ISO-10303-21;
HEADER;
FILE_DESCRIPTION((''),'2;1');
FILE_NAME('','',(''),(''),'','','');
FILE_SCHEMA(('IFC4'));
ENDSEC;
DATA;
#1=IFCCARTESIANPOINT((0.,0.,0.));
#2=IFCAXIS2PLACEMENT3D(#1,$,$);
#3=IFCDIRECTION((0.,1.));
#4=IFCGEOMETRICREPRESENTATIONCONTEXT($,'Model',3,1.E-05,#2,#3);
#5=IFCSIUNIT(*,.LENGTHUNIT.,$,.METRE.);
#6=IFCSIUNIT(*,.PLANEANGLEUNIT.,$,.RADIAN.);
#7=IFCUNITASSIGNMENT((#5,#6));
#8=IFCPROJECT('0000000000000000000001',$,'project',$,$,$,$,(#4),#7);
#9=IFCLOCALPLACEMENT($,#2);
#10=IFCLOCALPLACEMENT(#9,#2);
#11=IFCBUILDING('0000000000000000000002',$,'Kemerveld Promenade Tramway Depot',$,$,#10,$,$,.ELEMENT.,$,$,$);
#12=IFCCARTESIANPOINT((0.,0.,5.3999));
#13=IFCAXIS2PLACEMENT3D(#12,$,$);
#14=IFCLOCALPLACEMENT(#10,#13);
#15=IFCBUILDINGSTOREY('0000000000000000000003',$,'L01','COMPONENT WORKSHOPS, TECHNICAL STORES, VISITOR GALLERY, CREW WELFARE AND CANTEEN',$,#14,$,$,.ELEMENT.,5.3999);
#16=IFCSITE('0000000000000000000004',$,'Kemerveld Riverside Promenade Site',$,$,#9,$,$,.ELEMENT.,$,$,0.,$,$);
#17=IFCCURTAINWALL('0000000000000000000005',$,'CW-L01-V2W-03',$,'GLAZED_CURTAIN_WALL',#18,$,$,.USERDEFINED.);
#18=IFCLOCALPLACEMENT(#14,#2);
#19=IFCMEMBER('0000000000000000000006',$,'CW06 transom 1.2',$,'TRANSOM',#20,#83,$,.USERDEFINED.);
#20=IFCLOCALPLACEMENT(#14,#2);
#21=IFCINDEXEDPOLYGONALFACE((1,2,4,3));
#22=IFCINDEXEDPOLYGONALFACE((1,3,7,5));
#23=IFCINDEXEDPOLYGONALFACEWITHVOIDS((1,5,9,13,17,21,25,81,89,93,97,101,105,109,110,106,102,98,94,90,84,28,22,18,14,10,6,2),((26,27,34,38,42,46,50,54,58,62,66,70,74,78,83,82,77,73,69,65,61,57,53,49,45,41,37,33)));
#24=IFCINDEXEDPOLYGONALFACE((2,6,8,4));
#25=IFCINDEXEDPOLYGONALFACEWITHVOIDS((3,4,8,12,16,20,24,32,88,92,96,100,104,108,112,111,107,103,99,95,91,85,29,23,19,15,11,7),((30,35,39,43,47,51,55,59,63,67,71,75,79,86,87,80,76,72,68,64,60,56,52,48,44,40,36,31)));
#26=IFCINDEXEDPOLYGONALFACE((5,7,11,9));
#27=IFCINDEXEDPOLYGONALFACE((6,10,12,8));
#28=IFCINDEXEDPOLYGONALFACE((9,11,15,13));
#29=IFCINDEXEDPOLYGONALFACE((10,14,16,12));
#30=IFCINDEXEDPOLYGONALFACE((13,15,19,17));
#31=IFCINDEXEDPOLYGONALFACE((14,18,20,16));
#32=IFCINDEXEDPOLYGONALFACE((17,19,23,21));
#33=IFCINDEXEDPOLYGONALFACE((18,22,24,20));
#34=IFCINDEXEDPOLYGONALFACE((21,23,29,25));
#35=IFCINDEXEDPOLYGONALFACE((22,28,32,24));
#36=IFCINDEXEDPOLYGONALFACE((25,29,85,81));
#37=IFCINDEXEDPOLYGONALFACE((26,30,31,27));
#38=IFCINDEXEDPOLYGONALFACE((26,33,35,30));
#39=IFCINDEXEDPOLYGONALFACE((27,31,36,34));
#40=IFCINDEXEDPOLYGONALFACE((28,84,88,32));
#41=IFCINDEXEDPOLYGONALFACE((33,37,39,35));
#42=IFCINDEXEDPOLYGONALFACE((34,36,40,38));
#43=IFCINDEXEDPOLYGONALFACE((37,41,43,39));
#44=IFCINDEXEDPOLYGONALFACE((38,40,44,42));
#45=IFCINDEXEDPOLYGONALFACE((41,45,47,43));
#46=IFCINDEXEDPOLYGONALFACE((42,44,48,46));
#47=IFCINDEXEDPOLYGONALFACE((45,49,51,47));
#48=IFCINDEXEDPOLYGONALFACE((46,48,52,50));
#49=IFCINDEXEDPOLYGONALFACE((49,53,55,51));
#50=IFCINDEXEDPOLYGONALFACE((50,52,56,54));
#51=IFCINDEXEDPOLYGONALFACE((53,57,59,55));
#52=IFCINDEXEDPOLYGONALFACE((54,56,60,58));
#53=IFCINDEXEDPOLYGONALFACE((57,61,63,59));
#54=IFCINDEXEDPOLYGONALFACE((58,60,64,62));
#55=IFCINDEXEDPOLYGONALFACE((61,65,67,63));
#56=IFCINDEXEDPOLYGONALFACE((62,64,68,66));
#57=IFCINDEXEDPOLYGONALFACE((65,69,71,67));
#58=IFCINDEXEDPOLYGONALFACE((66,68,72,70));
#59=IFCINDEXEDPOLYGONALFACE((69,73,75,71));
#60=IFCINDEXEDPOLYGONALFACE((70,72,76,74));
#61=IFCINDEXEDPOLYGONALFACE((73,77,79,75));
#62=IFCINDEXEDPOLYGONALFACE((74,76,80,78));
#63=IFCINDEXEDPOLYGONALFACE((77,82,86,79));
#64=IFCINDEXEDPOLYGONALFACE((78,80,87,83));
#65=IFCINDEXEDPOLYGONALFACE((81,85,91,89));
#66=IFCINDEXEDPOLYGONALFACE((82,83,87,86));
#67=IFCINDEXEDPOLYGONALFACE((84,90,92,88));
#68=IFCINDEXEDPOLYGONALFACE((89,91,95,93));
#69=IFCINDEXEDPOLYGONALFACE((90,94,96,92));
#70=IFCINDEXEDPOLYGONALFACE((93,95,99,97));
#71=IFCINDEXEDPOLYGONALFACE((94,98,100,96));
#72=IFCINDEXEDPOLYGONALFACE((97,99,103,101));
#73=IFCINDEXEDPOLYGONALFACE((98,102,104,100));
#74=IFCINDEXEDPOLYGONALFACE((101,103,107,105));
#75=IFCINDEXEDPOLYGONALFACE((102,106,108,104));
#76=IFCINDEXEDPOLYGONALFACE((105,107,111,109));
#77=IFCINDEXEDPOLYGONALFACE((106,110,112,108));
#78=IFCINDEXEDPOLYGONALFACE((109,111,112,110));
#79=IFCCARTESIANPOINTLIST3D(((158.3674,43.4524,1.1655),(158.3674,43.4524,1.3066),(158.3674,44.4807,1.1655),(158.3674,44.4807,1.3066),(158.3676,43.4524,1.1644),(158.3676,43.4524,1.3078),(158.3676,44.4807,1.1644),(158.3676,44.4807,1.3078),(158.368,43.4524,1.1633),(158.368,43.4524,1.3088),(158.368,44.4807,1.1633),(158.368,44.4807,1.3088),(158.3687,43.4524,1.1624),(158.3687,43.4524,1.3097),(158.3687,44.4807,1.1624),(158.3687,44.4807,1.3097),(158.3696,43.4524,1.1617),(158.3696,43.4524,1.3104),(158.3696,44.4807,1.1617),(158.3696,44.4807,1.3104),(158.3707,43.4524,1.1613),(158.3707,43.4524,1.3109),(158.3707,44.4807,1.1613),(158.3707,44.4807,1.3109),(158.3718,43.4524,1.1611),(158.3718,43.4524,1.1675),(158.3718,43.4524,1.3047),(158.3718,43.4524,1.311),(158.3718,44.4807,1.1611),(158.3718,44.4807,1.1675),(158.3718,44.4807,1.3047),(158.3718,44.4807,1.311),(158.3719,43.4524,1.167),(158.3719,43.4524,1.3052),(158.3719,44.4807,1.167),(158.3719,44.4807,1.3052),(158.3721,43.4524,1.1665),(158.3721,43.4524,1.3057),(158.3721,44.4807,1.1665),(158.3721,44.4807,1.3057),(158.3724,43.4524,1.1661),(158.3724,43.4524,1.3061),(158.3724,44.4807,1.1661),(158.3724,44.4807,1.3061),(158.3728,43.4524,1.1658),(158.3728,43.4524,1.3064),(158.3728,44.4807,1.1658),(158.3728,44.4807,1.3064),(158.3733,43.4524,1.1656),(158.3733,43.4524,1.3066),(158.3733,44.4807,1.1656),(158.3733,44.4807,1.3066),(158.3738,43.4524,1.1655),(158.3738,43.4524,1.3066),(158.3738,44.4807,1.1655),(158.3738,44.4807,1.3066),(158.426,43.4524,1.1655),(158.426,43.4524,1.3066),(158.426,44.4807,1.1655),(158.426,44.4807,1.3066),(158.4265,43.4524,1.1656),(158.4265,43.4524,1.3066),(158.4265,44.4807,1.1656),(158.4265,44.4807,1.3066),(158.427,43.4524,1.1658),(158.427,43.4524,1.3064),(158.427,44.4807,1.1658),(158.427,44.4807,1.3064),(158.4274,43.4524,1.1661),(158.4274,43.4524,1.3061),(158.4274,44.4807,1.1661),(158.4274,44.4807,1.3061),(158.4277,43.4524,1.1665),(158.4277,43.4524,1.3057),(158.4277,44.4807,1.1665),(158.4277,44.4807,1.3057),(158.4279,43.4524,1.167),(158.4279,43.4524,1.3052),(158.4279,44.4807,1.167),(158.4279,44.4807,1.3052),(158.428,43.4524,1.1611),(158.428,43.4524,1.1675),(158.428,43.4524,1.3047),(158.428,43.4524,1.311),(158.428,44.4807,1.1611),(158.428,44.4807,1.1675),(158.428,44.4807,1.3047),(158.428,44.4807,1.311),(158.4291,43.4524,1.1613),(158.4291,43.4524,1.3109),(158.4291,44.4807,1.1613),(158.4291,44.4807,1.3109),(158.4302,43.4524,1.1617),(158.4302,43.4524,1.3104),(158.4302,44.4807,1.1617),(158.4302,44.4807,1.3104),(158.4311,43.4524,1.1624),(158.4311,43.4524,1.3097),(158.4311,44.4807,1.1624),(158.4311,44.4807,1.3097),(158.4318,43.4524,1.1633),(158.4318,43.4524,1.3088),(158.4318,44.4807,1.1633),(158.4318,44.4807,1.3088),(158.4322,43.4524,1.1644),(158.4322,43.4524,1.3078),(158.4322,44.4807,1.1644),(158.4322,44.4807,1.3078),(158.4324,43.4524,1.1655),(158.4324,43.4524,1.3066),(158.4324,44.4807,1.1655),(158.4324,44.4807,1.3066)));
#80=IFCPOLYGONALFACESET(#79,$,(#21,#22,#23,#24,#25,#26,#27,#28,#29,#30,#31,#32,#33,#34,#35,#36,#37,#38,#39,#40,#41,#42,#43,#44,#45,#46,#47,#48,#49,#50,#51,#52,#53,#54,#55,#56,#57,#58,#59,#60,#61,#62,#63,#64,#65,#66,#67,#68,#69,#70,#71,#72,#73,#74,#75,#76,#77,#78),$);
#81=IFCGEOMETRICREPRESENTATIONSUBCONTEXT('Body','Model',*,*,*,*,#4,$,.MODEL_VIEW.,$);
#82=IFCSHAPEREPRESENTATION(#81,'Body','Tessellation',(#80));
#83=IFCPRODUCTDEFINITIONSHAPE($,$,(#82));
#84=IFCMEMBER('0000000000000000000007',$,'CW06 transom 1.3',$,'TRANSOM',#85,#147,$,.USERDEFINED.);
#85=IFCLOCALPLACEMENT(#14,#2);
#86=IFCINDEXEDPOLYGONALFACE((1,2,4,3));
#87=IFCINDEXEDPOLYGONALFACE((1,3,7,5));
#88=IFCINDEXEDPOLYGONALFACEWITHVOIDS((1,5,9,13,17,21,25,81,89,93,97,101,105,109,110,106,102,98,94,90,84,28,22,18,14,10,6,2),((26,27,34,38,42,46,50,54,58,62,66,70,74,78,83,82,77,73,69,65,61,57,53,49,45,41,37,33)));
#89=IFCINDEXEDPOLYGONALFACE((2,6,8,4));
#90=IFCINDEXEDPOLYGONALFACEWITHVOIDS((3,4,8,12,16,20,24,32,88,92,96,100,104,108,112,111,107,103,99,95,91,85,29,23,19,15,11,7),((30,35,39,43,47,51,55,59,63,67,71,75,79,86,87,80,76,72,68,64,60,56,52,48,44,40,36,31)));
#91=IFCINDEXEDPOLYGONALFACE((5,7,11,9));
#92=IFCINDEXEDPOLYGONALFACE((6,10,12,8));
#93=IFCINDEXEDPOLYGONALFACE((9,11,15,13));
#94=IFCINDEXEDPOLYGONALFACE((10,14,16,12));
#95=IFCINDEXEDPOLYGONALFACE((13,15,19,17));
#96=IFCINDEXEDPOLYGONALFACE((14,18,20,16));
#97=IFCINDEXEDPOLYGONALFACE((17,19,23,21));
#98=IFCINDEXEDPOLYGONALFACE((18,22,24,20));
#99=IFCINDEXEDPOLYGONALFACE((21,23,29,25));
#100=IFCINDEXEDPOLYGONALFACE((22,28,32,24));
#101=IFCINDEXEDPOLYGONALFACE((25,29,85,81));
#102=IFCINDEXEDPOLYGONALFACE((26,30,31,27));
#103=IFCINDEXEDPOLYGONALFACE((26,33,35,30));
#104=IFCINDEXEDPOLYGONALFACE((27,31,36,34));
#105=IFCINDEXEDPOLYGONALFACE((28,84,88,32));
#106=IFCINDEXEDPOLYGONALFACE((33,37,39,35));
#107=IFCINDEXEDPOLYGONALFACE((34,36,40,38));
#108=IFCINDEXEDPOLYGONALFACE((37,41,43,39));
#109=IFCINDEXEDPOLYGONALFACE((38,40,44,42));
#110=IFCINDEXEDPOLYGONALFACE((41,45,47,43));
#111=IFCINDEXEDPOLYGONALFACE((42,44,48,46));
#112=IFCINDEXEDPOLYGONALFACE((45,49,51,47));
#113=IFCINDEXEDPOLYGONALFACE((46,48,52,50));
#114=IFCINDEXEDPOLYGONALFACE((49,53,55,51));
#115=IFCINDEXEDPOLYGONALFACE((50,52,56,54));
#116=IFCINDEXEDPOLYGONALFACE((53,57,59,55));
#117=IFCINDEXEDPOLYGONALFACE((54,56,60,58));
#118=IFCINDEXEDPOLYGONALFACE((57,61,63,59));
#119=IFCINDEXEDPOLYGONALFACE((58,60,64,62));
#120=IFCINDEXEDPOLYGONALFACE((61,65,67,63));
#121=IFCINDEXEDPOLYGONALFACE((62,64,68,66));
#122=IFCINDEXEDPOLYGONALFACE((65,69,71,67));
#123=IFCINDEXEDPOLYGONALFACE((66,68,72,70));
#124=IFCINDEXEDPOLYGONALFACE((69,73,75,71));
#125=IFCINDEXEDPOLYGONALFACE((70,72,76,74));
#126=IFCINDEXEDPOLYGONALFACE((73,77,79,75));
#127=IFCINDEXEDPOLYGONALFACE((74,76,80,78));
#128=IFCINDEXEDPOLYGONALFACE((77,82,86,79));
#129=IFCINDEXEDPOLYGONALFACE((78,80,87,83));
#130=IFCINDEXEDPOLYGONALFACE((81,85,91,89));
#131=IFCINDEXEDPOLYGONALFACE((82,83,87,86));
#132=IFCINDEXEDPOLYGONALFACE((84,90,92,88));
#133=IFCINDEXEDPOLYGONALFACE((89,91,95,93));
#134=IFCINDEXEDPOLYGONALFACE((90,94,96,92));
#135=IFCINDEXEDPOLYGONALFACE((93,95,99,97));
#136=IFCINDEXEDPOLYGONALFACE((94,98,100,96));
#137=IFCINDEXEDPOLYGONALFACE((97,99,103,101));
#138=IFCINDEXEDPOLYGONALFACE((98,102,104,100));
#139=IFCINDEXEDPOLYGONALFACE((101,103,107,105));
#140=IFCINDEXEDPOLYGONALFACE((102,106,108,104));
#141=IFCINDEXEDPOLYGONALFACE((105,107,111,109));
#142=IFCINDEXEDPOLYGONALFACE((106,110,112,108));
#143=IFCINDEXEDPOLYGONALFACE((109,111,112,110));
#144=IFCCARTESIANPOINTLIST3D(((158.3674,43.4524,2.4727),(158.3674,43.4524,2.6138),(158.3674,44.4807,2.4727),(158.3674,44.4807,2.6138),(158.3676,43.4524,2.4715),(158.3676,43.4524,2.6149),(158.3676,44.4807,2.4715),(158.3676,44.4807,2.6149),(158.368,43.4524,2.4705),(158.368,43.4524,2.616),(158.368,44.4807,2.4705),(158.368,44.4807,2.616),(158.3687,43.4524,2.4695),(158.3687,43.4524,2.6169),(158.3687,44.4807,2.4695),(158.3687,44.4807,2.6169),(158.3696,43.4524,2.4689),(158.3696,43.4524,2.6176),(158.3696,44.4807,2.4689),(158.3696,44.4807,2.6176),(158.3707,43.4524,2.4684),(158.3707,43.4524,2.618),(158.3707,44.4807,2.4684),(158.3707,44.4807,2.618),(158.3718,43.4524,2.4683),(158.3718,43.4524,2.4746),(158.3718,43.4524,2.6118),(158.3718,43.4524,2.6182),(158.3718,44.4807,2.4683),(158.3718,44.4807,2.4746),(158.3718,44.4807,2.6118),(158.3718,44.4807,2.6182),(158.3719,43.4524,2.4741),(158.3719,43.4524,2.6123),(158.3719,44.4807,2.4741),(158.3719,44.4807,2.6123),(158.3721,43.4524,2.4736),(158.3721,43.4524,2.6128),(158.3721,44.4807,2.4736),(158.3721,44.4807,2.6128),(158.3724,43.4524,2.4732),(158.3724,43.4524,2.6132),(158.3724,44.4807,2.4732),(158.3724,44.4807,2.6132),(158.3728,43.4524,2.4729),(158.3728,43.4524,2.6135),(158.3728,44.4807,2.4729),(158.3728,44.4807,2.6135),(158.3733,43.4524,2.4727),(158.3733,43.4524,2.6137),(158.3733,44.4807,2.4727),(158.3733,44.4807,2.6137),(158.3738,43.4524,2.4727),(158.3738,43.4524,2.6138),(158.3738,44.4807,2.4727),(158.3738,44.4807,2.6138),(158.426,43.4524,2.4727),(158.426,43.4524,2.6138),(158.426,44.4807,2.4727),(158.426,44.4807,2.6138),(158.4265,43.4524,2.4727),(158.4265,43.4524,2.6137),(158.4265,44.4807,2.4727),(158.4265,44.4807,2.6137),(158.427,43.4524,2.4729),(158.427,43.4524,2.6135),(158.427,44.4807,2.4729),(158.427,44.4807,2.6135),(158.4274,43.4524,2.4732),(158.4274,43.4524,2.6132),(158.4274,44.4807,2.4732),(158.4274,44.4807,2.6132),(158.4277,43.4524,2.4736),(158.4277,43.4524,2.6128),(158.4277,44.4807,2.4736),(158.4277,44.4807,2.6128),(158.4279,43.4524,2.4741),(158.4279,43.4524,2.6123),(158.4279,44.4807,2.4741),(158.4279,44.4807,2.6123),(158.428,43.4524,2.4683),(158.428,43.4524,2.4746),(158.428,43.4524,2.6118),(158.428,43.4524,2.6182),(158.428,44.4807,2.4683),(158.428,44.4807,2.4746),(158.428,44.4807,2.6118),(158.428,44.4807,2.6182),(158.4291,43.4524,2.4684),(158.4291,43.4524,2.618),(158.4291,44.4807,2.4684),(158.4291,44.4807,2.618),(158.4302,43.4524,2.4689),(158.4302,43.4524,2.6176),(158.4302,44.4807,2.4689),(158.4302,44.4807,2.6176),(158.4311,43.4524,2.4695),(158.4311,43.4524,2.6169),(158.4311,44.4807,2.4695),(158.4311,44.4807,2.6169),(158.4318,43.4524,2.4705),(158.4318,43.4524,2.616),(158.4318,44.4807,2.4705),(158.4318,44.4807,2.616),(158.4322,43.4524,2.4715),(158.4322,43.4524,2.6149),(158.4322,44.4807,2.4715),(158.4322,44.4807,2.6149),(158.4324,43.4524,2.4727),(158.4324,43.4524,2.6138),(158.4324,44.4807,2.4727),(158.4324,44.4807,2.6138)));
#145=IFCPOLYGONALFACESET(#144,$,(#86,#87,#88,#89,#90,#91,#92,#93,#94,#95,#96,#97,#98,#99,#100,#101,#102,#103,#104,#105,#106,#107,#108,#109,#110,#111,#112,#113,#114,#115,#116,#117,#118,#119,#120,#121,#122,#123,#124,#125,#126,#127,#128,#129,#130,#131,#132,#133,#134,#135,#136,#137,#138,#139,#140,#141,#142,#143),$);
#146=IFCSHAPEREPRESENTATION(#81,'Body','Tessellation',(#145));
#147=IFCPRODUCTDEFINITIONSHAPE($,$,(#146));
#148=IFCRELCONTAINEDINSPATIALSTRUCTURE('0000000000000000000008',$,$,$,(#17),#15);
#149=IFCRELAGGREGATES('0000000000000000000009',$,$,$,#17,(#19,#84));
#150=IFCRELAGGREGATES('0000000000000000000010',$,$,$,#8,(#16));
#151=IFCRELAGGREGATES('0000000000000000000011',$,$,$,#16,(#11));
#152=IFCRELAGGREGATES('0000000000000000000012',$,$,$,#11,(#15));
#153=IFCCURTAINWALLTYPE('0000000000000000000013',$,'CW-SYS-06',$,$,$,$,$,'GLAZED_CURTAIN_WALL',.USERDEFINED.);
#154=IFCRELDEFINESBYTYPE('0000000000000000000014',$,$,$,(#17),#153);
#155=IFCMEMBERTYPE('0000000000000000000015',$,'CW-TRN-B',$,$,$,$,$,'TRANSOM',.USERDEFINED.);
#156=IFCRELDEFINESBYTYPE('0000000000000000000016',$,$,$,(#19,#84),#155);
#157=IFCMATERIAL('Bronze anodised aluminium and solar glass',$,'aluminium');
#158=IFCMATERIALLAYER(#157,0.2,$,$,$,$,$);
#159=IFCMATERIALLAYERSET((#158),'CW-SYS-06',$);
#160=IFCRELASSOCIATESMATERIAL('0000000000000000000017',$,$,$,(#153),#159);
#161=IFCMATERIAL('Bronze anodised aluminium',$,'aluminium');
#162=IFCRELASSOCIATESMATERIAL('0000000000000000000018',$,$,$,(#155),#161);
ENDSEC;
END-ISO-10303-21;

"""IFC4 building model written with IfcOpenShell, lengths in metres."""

from ifc_helpers import new_model, si_unit, direction, frame, origin, origin_2d, place, context, subcontext, project, spatial, hollow_rectangle, extrude, material, layer, layer_set, material_profile, profile_set, type_object, element, aggregate, save


model = new_model("IFC4")

# Units and contexts
model_context = context("Model", 3, precision=1e-05, world=origin(), true_north=direction((0.0, 1.0)))
body_context = subcontext(model_context, "Body", "Model", "MODEL_VIEW")
ifc_project = project(units=[si_unit("LENGTHUNIT", "METRE"), si_unit("PLANEANGLEUNIT", "RADIAN")], contexts=[model_context])

# Site, building, storey
site_placement = place(None, origin())
site = spatial("IfcSite", under=ifc_project, at=site_placement, Name="Kemerveld Riverside Promenade Site", CompositionType="ELEMENT", RefElevation=0.0)
building_placement = place(site_placement, origin())
building = spatial("IfcBuilding", under=site, at=building_placement, Name="Kemerveld Promenade Tramway Depot", CompositionType="ELEMENT")
storey_placement = place(building_placement, frame((0.0, 0.0, 5.3999)))
storey = spatial("IfcBuildingStorey", under=building, at=storey_placement, Name="L01", Description="COMPONENT WORKSHOPS, TECHNICAL STORES, VISITOR GALLERY, CREW WELFARE AND CANTEEN", CompositionType="ELEMENT", Elevation=5.3999)

# Curtain wall
ifc_material_1 = material(Name="Bronze anodised aluminium and solar glass", Category="aluminium")
ifc_material_2 = material(Name="Bronze anodised aluminium", Category="aluminium")
ifc_layer_1 = layer(ifc_material_1, 0.2)
ifc_layer_set_1 = layer_set([ifc_layer_1], Name="CW-SYS-06")
curtain_wall_type_1 = type_object("IfcCurtainWallType", Name="CW-SYS-06", ElementType="GLAZED_CURTAIN_WALL", PredefinedType="USERDEFINED", material=ifc_layer_set_1)
curtain_wall_1_placement = place(storey_placement, origin())
curtain_wall_1 = element("IfcCurtainWall", 1, at=curtain_wall_1_placement, inside=storey, type_object=curtain_wall_type_1, Name="CW-L01-V2W-03", ObjectType="GLAZED_CURTAIN_WALL", PredefinedType="USERDEFINED")

# Members
ifc_material_profile_1 = material_profile(ifc_material_2, hollow_rectangle(XDim=0.0649, YDim=0.1499, WallThickness=0.0044, InnerFilletRadius=0.002, OuterFilletRadius=0.0044, at=origin_2d()), Name="CW-TRN-150x65")
ifc_profile_set_1 = profile_set([ifc_material_profile_1], Name="Bronze anodised aluminium")
member_type_1 = type_object("IfcMemberType", Name="CW-TRN-B", ElementType="TRANSOM", PredefinedType="USERDEFINED", material=ifc_profile_set_1)
member_1_placement = place(storey_placement, frame((158.3999, 43.4524, 1.2361), z_axis=(0.0, 1.0, 0.0), x_axis=(-1.0, 0.0, 0.0)))
member_1 = element("IfcMember", 2, at=member_1_placement, type_object=member_type_1, Name="CW06 transom 1.2", ObjectType="TRANSOM", PredefinedType="USERDEFINED", context=body_context, shape_type="SweptSolid", body=[
    extrude(hollow_rectangle(XDim=0.0649, YDim=0.1499, WallThickness=0.0044, InnerFilletRadius=0.002, OuterFilletRadius=0.0044, at=origin_2d()), origin(), (0.0, 0.0, 1.0), 1.0283),
])
member_2_placement = place(storey_placement, frame((158.3999, 43.4524, 2.5432), z_axis=(0.0, 1.0, 0.0), x_axis=(-1.0, 0.0, 0.0)))
member_2 = element("IfcMember", 3, at=member_2_placement, type_object=member_type_1, Name="CW06 transom 1.3", ObjectType="TRANSOM", PredefinedType="USERDEFINED", context=body_context, shape_type="SweptSolid", body=[
    extrude(hollow_rectangle(XDim=0.0649, YDim=0.1499, WallThickness=0.0044, InnerFilletRadius=0.002, OuterFilletRadius=0.0044, at=origin_2d()), origin(), (0.0, 0.0, 1.0), 1.0283),
])

aggregate(curtain_wall_1, [member_1, member_2])

save(model, "model.ifc")
